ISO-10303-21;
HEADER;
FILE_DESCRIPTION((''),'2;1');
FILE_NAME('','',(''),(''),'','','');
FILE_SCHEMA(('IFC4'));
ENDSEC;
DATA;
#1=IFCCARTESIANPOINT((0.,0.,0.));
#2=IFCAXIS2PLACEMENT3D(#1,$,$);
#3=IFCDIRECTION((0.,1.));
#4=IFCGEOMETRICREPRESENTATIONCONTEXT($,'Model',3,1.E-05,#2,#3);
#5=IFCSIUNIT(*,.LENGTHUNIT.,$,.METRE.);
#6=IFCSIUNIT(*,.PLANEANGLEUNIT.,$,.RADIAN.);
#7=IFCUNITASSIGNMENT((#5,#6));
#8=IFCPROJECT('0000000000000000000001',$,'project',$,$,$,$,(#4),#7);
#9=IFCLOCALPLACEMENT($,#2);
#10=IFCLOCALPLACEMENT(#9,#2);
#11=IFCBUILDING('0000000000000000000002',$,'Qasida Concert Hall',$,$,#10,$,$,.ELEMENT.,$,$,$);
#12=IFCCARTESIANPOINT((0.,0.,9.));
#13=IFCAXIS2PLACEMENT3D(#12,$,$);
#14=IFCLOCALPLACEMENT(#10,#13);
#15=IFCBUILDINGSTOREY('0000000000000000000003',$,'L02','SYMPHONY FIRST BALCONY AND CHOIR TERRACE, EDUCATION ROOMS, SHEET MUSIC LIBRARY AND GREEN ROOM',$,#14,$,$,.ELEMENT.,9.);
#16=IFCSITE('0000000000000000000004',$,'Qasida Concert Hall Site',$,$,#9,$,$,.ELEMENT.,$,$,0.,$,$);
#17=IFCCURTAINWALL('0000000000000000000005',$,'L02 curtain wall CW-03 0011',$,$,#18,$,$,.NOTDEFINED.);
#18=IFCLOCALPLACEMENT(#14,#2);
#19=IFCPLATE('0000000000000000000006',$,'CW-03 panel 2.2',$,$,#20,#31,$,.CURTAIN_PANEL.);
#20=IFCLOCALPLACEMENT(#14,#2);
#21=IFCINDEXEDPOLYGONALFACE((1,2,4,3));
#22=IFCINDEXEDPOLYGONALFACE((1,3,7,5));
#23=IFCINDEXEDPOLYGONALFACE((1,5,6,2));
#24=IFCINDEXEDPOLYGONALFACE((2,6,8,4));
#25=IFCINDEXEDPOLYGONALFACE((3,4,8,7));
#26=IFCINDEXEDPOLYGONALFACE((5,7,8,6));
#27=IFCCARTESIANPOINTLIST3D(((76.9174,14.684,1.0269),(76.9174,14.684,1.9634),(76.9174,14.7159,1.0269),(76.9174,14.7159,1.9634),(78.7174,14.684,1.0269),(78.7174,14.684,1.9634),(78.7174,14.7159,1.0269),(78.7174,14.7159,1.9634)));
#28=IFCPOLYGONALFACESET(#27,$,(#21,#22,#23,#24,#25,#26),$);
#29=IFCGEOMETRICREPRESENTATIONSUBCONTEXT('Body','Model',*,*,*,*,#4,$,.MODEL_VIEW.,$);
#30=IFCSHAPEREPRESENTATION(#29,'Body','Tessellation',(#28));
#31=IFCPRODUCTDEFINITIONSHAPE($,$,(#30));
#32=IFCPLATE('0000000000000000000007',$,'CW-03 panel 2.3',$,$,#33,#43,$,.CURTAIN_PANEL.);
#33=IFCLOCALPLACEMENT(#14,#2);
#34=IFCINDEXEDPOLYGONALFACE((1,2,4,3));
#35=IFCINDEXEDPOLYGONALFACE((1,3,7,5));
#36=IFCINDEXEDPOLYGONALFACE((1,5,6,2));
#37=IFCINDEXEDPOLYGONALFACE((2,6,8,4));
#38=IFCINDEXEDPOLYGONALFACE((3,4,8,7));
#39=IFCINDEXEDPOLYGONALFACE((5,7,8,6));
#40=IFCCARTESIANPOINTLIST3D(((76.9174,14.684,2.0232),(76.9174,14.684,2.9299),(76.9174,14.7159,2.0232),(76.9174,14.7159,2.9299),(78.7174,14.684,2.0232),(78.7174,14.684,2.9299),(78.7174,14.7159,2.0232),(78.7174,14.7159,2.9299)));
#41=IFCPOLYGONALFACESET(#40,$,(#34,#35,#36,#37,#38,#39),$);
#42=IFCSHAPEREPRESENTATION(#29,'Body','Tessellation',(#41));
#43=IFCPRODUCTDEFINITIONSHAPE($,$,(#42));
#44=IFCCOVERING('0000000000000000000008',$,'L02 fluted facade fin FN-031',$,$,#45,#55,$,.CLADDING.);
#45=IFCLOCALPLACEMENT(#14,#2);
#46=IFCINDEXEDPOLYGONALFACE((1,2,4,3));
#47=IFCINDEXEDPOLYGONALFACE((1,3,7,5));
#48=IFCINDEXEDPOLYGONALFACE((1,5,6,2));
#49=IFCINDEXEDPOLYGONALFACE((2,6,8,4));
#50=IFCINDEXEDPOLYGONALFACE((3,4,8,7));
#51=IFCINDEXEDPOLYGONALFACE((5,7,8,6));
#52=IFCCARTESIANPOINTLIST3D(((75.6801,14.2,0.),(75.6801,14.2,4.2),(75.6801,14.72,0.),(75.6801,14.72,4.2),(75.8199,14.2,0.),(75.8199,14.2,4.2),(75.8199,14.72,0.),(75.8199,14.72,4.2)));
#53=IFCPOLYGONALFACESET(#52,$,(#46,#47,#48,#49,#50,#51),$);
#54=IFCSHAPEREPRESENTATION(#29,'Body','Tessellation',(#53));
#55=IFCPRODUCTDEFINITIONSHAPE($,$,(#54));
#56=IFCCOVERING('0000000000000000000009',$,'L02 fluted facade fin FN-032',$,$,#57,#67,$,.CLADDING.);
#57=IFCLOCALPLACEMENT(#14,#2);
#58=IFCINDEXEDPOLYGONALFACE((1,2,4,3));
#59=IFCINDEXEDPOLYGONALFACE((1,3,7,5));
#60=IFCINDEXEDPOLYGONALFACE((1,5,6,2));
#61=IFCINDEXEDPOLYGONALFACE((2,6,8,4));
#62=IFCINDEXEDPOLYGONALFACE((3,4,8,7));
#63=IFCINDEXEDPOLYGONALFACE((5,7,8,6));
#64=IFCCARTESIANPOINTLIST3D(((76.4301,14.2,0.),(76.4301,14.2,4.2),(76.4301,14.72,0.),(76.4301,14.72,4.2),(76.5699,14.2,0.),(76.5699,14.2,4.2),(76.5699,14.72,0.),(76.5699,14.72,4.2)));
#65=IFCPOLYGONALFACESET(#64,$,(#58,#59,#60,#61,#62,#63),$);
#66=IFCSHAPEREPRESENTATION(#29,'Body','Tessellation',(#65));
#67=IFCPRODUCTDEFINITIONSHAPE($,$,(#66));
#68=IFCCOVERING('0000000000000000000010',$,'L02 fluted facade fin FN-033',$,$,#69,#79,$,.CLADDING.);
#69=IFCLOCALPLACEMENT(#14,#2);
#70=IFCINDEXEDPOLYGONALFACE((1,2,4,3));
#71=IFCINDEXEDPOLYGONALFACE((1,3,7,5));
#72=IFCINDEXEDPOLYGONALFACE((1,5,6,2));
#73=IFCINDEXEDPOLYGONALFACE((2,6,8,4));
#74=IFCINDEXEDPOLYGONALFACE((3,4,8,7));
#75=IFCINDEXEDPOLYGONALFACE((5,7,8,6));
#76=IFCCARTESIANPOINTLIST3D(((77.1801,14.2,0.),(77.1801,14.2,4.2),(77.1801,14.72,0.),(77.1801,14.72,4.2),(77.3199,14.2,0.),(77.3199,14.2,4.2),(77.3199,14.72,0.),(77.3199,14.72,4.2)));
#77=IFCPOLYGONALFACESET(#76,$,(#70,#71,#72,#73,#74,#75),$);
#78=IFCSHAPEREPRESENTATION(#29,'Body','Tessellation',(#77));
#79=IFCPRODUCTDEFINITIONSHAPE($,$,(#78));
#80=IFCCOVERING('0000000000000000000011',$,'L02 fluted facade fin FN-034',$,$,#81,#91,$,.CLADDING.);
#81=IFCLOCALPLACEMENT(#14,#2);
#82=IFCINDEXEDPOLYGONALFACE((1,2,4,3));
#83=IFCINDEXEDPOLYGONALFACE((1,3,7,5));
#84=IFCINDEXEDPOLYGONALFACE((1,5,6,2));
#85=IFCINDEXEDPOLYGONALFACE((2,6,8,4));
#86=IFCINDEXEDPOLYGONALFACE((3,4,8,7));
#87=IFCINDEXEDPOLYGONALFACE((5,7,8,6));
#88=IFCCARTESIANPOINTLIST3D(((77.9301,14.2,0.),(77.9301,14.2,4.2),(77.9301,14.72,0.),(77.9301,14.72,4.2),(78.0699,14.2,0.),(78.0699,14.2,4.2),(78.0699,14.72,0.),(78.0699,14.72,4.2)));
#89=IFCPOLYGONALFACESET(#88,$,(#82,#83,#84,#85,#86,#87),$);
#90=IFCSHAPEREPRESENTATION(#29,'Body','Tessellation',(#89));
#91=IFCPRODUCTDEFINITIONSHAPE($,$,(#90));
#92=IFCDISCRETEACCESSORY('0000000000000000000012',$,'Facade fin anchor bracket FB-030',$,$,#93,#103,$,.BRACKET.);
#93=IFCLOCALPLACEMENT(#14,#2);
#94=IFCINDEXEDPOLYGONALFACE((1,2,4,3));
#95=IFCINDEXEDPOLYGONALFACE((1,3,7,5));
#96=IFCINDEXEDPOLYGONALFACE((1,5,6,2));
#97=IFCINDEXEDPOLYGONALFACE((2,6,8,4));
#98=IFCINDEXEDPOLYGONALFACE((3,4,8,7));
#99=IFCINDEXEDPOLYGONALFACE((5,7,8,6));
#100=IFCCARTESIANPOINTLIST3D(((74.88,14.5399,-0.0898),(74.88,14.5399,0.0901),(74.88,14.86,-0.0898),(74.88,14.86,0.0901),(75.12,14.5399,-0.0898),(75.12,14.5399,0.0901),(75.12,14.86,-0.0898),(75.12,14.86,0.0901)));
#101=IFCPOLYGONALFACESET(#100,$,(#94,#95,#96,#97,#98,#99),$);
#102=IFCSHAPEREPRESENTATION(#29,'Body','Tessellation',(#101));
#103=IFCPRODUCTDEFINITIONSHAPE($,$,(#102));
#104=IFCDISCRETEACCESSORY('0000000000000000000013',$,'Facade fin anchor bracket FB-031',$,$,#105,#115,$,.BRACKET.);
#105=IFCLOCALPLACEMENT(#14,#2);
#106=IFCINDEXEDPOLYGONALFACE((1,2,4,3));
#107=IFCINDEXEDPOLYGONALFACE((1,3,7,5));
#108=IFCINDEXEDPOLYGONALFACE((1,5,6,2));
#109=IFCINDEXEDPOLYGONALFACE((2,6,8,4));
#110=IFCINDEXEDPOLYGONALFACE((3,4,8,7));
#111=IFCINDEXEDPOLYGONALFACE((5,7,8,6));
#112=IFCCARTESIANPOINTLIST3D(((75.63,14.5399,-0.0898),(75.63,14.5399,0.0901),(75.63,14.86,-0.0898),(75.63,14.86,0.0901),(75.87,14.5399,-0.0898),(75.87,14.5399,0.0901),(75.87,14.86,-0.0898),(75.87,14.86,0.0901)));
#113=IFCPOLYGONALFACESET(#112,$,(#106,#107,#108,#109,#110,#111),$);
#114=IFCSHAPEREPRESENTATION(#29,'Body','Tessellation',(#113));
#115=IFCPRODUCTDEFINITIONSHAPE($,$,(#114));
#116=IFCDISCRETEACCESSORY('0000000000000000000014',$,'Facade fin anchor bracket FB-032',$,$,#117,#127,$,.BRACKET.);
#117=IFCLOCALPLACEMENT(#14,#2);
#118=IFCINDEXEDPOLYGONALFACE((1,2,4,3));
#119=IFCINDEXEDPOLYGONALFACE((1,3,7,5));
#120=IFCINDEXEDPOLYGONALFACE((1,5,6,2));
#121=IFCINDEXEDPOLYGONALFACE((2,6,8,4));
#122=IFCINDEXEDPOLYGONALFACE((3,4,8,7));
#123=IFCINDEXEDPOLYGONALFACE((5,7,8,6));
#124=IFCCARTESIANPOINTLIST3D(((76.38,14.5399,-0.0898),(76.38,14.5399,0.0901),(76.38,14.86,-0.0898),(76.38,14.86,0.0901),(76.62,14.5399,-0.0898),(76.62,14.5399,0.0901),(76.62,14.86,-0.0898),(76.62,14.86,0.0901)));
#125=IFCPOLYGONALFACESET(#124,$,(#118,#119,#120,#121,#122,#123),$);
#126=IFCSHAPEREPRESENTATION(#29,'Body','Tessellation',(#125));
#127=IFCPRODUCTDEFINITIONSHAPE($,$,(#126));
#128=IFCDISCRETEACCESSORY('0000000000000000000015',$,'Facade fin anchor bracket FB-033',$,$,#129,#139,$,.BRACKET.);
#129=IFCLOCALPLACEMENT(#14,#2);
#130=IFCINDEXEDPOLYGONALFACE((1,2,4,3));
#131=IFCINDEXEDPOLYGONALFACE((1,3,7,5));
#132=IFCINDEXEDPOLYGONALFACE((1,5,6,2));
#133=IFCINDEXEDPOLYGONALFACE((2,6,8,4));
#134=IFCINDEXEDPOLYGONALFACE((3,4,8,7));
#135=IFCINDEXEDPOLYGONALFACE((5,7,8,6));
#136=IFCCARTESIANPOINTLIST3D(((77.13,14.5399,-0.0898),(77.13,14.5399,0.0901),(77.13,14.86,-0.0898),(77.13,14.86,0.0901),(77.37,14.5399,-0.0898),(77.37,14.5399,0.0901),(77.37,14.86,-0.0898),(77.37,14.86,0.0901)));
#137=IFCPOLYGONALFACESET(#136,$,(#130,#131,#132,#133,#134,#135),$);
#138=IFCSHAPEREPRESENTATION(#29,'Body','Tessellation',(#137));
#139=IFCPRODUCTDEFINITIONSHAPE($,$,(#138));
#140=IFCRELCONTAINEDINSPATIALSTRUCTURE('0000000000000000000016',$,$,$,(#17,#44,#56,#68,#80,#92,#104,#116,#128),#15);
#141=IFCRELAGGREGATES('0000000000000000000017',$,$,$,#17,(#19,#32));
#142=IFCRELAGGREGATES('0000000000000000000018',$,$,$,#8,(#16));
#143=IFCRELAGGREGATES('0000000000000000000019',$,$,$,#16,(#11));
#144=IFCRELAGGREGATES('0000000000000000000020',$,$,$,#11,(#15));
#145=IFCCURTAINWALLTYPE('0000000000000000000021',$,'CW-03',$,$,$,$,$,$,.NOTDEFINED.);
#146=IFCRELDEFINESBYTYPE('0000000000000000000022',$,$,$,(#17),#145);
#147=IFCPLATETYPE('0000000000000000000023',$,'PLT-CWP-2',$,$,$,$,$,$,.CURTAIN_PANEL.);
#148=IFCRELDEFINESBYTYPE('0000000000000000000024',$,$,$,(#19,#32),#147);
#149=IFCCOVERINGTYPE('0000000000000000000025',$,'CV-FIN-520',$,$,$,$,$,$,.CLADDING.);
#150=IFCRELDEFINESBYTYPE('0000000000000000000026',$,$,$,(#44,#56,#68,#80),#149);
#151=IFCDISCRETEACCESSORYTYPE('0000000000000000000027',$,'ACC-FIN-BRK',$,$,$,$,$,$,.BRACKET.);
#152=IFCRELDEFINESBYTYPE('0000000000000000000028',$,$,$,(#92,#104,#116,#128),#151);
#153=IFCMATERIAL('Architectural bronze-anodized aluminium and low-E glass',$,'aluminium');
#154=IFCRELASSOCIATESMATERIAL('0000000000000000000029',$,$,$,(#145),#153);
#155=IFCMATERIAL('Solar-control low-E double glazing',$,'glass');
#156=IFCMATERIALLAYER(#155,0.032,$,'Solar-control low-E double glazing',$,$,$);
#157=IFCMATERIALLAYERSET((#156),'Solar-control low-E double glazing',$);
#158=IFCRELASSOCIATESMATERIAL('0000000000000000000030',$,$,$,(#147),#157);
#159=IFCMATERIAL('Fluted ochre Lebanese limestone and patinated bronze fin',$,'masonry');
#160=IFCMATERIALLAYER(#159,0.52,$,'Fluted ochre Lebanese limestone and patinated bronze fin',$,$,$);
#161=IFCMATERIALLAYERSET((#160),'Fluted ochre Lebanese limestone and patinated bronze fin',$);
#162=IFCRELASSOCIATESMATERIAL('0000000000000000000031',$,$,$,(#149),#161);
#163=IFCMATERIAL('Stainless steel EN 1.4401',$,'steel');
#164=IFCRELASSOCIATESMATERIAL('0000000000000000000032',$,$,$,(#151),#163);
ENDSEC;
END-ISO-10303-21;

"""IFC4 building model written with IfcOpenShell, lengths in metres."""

from ifc_helpers import new_model, si_unit, direction, frame, origin, origin_2d, place, context, subcontext, project, spatial, rectangle, extrude, material, layer, layer_set, type_object, element, aggregate, save


model = new_model("IFC4")

# Units and contexts
model_context = context("Model", 3, precision=1e-05, world=origin(), true_north=direction((0.0, 1.0)))
body_context = subcontext(model_context, "Body", "Model", "MODEL_VIEW")
ifc_project = project(units=[si_unit("LENGTHUNIT", "METRE"), si_unit("PLANEANGLEUNIT", "RADIAN")], contexts=[model_context])

# Site, building, storey
site_placement = place(None, origin())
site = spatial("IfcSite", under=ifc_project, at=site_placement, Name="Qasida Concert Hall Site", CompositionType="ELEMENT", RefElevation=0.0)
building_placement = place(site_placement, origin())
building = spatial("IfcBuilding", under=site, at=building_placement, Name="Qasida Concert Hall", CompositionType="ELEMENT")
storey_placement = place(building_placement, frame((0.0, 0.0, 9.0)))
storey = spatial("IfcBuildingStorey", under=building, at=storey_placement, Name="L02", Description="SYMPHONY FIRST BALCONY AND CHOIR TERRACE, EDUCATION ROOMS, SHEET MUSIC LIBRARY AND GREEN ROOM", CompositionType="ELEMENT", Elevation=9.0)

# Curtain wall, plates
ifc_material_1 = material(Name="Architectural bronze-anodized aluminium and low-E glass", Category="aluminium")
curtain_wall_type = type_object("IfcCurtainWallType", Name="CW-03", PredefinedType="NOTDEFINED", material=ifc_material_1)
curtain_wall_placement = place(storey_placement, origin())
curtain_wall = element("IfcCurtainWall", 1, at=curtain_wall_placement, inside=storey, type_object=curtain_wall_type, Name="L02 curtain wall CW-03 0011", PredefinedType="NOTDEFINED")
ifc_material_2 = material(Name="Solar-control low-E double glazing", Category="glass")
ifc_layer_1 = layer(ifc_material_2, 0.032, Name="Solar-control low-E double glazing")
ifc_layer_set_1 = layer_set([ifc_layer_1], Name="Solar-control low-E double glazing")
plate_type = type_object("IfcPlateType", Name="PLT-CWP-2", PredefinedType="CURTAIN_PANEL", material=ifc_layer_set_1)
plate_1_placement = place(storey_placement, frame((77.8174, 14.7, 1.0269), z_axis=(0.0, 0.0, 1.0), x_axis=(1.0, 0.0, 0.0)))
plate_1 = element("IfcPlate", 2, at=plate_1_placement, type_object=plate_type, Name="CW-03 panel 2.2", PredefinedType="CURTAIN_PANEL", context=body_context, shape_type="SweptSolid", body=[
    extrude(rectangle(XDim=1.8, YDim=0.032, at=origin_2d()), origin(), (0.0, 0.0, 1.0), 0.9365),
])
plate_2_placement = place(storey_placement, frame((77.8174, 14.7, 2.0232), z_axis=(0.0, 0.0, 1.0), x_axis=(1.0, 0.0, 0.0)))
plate_2 = element("IfcPlate", 3, at=plate_2_placement, type_object=plate_type, Name="CW-03 panel 2.3", PredefinedType="CURTAIN_PANEL", context=body_context, shape_type="SweptSolid", body=[
    extrude(rectangle(XDim=1.8, YDim=0.032, at=origin_2d()), origin(), (0.0, 0.0, 1.0), 0.9067),
])
aggregate(curtain_wall, [plate_1, plate_2])

# Coverings
ifc_material_3 = material(Name="Fluted ochre Lebanese limestone and patinated bronze fin", Category="masonry")
ifc_layer_2 = layer(ifc_material_3, 0.52, Name="Fluted ochre Lebanese limestone and patinated bronze fin")
ifc_layer_set_2 = layer_set([ifc_layer_2], Name="Fluted ochre Lebanese limestone and patinated bronze fin")
covering_type = type_object("IfcCoveringType", Name="CV-FIN-520", PredefinedType="CLADDING", material=ifc_layer_set_2)
for number, where, z_axis, x_axis, name in (
    (4, (75.75, 14.46, 0.0), (0.0, 0.0, 1.0), (1.0, 0.0, 0.0), "L02 fluted facade fin FN-031"),
    (5, (76.5, 14.46, 0.0), (0.0, 0.0, 1.0), (1.0, 0.0, 0.0), "L02 fluted facade fin FN-032"),
    (6, (77.25, 14.46, 0.0), (0.0, 0.0, 1.0), (1.0, 0.0, 0.0), "L02 fluted facade fin FN-033"),
    (7, (78.0, 14.46, 0.0), (0.0, 0.0, 1.0), (1.0, 0.0, 0.0), "L02 fluted facade fin FN-034"),
):
    element("IfcCovering", number, at=place(storey_placement, frame(where, z_axis=z_axis, x_axis=x_axis)), inside=storey, type_object=covering_type, Name=name, PredefinedType="CLADDING", context=body_context, shape_type="SweptSolid", body=[
        extrude(rectangle(XDim=0.1399, YDim=0.52, at=origin_2d()), origin(), (0.0, 0.0, 1.0), 4.2),
    ])

# Discrete accessories
ifc_material_4 = material(Name="Stainless steel EN 1.4401", Category="steel")
discrete_accessory_type = type_object("IfcDiscreteAccessoryType", Name="ACC-FIN-BRK", PredefinedType="BRACKET", material=ifc_material_4)
for number, where, z_axis, x_axis, name in (
    (8, (75.0, 14.7, -0.0898), (0.0, 0.0, 1.0), (1.0, 0.0, 0.0), "Facade fin anchor bracket FB-030"),
    (9, (75.75, 14.7, -0.0898), (0.0, 0.0, 1.0), (1.0, 0.0, 0.0), "Facade fin anchor bracket FB-031"),
    (10, (76.5, 14.7, -0.0898), (0.0, 0.0, 1.0), (1.0, 0.0, 0.0), "Facade fin anchor bracket FB-032"),
    (11, (77.25, 14.7, -0.0898), (0.0, 0.0, 1.0), (1.0, 0.0, 0.0), "Facade fin anchor bracket FB-033"),
):
    element("IfcDiscreteAccessory", number, at=place(storey_placement, frame(where, z_axis=z_axis, x_axis=x_axis)), inside=storey, type_object=discrete_accessory_type, Name=name, PredefinedType="BRACKET", context=body_context, shape_type="SweptSolid", body=[
        extrude(rectangle(XDim=0.24, YDim=0.3201, at=origin_2d()), origin(), (0.0, 0.0, 1.0), 0.1799),
    ])

save(model, "model.ifc")
